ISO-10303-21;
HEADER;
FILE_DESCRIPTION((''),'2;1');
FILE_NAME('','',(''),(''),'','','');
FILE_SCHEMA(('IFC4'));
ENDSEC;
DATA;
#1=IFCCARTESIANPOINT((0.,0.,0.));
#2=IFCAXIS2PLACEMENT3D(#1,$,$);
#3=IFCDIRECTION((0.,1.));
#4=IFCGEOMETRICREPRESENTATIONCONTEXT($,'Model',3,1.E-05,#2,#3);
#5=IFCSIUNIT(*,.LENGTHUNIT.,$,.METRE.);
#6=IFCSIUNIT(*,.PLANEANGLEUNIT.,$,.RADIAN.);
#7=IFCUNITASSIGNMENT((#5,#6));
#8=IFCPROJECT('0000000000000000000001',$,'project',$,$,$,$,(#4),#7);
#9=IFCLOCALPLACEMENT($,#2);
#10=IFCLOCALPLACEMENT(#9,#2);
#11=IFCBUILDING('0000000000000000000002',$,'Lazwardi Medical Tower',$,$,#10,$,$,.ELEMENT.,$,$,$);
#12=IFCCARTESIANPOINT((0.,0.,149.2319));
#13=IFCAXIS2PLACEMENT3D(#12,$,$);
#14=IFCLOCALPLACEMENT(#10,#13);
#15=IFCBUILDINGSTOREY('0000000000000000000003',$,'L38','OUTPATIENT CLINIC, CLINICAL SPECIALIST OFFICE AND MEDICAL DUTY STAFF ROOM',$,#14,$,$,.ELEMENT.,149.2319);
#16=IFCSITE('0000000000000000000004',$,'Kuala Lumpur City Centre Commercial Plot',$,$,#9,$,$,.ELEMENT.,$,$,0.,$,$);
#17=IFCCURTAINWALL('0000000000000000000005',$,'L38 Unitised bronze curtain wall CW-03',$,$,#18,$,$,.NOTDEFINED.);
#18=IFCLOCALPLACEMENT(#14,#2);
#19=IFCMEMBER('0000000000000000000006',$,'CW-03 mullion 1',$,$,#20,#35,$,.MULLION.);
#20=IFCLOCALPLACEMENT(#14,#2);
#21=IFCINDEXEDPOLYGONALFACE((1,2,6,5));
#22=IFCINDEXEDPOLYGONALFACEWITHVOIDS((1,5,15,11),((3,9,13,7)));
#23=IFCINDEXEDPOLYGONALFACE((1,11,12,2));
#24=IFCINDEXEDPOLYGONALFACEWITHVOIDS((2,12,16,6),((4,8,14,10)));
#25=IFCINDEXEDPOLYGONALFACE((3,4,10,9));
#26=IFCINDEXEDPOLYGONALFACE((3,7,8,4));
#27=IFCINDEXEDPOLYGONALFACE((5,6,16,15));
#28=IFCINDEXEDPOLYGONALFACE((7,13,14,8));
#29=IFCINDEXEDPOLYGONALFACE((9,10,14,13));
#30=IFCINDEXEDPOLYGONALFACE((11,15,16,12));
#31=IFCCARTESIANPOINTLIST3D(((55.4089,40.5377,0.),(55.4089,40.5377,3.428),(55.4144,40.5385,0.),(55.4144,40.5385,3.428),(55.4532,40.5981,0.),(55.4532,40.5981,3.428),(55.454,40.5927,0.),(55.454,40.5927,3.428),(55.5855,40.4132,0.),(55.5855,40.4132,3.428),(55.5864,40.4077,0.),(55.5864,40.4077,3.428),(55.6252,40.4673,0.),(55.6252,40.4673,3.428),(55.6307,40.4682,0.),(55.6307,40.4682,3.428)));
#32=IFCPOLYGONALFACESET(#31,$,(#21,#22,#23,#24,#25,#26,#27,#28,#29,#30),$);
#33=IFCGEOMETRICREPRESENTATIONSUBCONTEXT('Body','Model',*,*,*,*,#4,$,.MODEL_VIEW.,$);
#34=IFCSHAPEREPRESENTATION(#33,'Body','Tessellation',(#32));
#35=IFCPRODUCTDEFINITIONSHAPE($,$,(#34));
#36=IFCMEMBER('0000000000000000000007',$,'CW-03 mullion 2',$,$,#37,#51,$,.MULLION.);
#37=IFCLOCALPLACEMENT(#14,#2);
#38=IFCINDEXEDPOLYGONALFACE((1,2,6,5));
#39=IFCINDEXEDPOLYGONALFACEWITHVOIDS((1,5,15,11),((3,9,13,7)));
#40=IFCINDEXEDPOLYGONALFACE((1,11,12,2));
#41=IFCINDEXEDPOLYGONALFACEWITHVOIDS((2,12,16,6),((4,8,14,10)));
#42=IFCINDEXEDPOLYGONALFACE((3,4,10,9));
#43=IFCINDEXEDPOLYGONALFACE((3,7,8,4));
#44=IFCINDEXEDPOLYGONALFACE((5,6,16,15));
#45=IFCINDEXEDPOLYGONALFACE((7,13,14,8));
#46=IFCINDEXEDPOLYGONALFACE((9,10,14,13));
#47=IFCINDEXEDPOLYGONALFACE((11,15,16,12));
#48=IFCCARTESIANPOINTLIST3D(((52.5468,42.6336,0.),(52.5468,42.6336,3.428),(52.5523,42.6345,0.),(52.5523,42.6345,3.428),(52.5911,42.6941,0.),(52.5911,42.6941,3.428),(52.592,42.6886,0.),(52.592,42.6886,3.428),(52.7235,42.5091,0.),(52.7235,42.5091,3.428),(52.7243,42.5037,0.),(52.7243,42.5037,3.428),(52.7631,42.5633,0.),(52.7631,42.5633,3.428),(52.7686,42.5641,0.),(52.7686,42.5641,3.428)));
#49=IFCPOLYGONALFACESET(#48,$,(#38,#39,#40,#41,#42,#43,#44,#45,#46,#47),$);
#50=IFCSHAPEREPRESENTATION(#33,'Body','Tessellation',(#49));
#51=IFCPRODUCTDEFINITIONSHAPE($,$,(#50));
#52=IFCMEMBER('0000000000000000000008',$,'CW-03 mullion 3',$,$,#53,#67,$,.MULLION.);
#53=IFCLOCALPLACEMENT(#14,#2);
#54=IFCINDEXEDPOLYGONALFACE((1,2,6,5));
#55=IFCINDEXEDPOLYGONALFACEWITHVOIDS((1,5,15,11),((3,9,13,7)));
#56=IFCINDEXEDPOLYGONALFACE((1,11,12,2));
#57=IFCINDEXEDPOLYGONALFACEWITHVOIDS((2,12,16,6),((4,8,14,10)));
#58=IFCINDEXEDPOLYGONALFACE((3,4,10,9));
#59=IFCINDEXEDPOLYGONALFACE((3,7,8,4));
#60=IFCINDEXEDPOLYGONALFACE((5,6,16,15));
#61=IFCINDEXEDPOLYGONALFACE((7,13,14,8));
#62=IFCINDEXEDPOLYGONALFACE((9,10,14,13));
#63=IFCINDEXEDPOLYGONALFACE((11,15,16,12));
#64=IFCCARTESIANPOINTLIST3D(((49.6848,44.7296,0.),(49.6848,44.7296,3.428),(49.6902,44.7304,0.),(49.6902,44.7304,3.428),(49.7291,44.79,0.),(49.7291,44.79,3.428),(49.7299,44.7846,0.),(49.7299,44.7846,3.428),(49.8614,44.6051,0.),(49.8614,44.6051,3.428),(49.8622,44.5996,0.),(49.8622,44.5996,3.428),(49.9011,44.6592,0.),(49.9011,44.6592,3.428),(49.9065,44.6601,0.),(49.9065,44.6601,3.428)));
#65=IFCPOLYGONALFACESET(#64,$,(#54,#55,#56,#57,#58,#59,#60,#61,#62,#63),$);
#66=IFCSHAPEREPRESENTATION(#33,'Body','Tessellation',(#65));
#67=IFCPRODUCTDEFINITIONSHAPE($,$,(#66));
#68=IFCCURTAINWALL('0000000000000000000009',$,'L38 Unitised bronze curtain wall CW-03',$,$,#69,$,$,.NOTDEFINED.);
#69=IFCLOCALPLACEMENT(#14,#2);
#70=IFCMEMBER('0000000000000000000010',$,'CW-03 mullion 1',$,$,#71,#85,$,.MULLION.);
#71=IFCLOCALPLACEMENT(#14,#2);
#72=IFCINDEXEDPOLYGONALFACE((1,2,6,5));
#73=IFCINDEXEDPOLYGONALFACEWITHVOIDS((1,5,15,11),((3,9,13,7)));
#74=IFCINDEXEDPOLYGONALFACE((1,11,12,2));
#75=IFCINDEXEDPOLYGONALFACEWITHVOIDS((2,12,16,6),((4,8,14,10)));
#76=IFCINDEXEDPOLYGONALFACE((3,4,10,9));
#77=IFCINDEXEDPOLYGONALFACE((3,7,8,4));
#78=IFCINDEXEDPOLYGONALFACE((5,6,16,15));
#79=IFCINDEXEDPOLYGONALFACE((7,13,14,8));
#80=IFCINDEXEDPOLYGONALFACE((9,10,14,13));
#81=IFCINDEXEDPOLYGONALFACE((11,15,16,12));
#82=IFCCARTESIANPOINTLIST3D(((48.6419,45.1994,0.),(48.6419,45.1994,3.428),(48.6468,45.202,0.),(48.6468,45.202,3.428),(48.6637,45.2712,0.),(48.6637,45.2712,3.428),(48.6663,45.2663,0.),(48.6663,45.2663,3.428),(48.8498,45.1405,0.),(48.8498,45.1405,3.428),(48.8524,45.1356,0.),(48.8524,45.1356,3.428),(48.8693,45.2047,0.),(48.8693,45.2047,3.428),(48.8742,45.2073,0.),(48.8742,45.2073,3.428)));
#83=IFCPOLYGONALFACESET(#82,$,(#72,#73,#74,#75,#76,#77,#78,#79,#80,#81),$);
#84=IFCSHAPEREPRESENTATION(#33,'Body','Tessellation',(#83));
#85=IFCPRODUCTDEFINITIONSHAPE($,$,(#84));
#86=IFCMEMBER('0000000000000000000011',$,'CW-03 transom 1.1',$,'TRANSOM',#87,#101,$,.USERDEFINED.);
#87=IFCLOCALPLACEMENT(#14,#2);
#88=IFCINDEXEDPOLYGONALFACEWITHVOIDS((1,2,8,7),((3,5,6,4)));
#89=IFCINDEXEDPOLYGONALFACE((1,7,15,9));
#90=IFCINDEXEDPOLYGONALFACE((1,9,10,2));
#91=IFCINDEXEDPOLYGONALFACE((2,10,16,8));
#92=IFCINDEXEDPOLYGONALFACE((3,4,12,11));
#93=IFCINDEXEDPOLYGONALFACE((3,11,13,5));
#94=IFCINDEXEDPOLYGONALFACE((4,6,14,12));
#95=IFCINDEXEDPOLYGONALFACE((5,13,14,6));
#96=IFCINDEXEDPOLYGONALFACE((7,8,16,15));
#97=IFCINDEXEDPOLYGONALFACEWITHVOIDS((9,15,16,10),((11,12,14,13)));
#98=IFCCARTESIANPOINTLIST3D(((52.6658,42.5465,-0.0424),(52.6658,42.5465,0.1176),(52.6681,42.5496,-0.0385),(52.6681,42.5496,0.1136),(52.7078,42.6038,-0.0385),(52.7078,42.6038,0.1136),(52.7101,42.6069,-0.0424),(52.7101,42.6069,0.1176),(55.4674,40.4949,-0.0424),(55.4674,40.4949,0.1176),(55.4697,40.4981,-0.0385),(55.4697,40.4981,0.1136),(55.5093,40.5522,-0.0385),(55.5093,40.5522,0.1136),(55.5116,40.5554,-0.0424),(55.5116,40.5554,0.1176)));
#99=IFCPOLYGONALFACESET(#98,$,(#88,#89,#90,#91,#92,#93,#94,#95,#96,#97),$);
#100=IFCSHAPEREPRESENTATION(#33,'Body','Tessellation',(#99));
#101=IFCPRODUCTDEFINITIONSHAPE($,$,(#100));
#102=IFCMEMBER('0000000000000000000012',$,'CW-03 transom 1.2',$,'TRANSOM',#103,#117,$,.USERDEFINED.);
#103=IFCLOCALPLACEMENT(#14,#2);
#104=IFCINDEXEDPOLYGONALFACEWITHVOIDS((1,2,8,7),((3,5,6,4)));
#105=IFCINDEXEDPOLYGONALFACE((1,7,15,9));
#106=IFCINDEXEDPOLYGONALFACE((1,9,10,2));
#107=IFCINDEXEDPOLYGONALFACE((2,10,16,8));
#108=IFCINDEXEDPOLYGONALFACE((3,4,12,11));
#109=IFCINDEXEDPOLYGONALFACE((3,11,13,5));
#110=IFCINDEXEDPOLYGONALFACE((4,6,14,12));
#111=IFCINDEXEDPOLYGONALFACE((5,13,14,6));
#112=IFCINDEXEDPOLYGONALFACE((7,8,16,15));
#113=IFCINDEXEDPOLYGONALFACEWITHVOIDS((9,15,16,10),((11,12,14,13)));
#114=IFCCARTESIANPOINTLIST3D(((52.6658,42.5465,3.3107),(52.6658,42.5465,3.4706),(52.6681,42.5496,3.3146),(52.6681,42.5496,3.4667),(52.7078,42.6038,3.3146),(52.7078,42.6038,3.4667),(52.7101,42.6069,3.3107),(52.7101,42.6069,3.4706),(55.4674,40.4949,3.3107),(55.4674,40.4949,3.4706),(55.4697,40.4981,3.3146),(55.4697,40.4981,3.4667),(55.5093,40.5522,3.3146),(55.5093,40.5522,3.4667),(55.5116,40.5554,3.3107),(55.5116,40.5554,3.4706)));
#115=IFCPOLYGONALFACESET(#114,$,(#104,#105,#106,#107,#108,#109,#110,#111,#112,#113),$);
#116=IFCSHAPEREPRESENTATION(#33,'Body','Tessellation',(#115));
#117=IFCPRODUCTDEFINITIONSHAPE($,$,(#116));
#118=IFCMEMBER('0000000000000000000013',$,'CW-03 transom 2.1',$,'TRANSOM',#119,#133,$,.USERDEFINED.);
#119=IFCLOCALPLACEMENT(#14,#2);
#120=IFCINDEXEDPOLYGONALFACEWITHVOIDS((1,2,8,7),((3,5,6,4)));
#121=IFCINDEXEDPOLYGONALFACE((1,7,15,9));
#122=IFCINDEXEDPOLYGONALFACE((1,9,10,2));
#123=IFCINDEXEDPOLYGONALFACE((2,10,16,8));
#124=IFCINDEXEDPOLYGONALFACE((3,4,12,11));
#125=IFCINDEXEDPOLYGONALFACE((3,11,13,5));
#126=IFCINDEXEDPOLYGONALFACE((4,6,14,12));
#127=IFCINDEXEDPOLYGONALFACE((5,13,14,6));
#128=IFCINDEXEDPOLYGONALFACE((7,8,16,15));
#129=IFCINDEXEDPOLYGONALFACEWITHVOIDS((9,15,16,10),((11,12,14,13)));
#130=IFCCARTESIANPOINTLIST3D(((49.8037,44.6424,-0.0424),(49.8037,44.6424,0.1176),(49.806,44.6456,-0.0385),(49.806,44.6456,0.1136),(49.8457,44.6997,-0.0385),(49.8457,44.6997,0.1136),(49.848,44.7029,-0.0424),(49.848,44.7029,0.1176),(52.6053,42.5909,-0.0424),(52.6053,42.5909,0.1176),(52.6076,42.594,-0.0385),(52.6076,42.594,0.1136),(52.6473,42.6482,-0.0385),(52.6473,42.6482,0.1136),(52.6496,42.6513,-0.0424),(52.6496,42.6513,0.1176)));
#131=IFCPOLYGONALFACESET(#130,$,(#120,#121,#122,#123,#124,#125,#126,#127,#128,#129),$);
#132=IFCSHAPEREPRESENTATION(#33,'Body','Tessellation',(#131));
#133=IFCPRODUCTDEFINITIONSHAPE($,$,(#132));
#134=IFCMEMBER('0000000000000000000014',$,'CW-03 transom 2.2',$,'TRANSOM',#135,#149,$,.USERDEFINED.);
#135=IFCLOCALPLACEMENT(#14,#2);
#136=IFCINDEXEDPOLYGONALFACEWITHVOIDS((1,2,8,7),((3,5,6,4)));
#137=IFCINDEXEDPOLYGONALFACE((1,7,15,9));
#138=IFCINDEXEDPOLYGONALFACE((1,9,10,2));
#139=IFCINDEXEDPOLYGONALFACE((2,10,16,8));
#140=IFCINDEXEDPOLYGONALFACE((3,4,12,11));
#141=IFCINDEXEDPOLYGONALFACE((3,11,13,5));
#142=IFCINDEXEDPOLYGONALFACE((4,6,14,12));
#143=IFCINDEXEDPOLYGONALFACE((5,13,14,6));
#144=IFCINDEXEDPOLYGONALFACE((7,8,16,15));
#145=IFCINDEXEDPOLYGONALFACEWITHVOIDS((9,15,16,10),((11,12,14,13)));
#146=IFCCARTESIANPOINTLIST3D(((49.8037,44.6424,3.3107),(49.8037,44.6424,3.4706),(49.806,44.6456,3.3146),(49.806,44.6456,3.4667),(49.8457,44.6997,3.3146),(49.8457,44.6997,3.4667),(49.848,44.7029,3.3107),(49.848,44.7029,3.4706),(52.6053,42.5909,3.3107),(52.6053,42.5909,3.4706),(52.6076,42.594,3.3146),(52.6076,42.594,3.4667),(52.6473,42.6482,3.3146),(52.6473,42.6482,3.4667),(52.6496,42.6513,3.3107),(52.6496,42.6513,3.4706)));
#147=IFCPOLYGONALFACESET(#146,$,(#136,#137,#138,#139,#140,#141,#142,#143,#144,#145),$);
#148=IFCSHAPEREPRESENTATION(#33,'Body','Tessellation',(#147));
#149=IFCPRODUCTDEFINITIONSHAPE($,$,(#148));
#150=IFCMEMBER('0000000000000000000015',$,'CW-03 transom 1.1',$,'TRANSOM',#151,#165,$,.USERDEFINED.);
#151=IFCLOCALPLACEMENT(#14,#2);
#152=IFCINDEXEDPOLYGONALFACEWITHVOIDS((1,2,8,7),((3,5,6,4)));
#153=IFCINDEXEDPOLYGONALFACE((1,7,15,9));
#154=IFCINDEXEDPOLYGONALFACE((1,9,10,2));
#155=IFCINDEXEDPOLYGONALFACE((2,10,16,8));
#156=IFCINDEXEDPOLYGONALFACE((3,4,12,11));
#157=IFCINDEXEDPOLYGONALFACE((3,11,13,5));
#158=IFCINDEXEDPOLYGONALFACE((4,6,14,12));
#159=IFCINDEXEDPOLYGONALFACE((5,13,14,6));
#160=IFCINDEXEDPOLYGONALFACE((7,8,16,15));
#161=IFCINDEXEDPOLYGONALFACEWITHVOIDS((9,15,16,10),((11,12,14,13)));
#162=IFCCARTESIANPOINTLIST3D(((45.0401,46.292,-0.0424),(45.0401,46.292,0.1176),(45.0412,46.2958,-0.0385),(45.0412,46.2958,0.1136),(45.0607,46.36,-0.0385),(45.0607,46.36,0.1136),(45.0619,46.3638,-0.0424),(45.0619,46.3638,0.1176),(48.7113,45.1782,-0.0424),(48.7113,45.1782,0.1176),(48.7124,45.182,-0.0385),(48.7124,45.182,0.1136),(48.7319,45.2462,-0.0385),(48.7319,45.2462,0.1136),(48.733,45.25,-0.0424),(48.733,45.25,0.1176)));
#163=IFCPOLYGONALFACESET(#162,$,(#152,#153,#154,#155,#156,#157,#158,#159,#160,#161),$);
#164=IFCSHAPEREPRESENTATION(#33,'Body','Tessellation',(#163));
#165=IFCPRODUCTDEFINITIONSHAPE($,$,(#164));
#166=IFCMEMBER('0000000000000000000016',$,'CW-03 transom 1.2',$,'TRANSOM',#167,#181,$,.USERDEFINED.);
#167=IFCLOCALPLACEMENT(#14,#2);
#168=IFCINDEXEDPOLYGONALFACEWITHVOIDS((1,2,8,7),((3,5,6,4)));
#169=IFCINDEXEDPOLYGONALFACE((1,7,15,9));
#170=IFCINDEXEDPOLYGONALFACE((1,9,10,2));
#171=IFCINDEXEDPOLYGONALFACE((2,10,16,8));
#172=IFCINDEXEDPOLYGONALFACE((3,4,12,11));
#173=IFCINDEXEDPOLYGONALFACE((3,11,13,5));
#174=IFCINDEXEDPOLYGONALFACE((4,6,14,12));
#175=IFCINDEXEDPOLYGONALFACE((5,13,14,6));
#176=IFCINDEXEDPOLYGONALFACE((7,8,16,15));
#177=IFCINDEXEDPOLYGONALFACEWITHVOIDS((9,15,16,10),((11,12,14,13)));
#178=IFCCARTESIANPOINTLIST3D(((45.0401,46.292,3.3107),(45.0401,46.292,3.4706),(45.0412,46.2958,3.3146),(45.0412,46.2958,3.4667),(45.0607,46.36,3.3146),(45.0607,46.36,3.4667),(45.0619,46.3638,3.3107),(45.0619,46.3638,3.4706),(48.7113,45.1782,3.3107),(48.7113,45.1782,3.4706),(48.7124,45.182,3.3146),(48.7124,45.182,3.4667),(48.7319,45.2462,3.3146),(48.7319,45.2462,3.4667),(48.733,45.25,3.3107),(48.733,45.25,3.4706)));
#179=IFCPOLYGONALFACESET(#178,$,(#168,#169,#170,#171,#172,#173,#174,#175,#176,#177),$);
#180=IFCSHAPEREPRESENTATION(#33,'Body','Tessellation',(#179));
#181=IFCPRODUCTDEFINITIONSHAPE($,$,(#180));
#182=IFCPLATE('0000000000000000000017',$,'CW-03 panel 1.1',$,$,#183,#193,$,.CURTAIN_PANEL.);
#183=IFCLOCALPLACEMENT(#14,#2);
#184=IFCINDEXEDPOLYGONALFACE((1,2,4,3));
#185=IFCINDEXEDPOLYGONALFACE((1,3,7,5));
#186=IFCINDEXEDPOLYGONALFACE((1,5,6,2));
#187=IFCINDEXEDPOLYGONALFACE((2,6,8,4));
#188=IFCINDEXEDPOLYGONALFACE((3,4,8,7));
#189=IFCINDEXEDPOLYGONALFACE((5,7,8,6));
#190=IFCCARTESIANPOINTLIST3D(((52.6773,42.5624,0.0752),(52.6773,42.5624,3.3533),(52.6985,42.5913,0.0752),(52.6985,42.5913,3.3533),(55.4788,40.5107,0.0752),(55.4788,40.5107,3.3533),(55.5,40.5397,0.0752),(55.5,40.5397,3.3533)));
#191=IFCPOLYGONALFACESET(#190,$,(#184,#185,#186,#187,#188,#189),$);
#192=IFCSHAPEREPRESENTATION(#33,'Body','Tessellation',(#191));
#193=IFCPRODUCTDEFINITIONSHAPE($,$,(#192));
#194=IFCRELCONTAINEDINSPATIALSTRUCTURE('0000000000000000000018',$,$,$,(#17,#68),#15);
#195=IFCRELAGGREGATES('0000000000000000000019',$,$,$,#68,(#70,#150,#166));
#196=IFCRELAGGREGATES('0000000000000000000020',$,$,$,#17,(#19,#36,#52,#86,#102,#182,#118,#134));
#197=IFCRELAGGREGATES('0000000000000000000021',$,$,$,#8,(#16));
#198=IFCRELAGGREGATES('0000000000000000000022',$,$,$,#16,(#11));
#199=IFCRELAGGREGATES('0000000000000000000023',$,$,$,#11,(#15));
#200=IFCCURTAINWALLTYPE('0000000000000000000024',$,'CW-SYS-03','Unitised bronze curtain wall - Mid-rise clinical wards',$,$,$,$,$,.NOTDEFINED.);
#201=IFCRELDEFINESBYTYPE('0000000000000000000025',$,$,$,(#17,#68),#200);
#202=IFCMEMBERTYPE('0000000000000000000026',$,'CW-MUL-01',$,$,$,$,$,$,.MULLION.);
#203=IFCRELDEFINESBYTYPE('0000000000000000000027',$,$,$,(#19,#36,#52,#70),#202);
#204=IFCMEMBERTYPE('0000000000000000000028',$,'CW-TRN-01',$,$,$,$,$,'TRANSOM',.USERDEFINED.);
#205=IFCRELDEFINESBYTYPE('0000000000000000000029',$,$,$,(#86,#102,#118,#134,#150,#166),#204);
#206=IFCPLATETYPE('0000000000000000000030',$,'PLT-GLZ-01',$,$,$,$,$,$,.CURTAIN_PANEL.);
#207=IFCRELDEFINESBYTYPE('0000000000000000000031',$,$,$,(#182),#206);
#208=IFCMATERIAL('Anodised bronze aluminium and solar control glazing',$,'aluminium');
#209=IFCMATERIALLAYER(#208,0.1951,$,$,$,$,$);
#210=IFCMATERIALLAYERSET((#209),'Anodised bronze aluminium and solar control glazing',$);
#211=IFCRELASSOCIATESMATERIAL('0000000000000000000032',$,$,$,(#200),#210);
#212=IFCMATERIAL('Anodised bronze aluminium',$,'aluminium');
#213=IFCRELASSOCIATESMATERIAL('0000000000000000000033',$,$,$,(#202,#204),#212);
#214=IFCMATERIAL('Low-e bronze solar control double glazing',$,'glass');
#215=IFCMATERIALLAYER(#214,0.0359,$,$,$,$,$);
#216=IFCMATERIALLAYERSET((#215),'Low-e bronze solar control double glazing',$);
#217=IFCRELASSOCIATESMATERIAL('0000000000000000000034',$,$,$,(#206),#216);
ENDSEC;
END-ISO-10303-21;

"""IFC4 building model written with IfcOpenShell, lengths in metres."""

from ifc_helpers import new_model, si_unit, direction, frame, origin, origin_2d, place, context, subcontext, project, spatial, rectangle, hollow_rectangle, extrude, material, layer, layer_set, material_profile, profile_set, type_object, element, aggregate, save


model = new_model("IFC4")

# Units and contexts
model_context = context("Model", 3, precision=1e-05, world=origin(), true_north=direction((0.0, 1.0)))
body_context = subcontext(model_context, "Body", "Model", "MODEL_VIEW")
ifc_project = project(units=[si_unit("LENGTHUNIT", "METRE"), si_unit("PLANEANGLEUNIT", "RADIAN")], contexts=[model_context])

# Site, building, storey
site_placement = place(None, origin())
site = spatial("IfcSite", under=ifc_project, at=site_placement, Name="Kuala Lumpur City Centre Commercial Plot", CompositionType="ELEMENT", RefElevation=0.0)
building_placement = place(site_placement, origin())
building = spatial("IfcBuilding", under=site, at=building_placement, Name="Lazwardi Medical Tower", CompositionType="ELEMENT")
storey_placement = place(building_placement, frame((0.0, 0.0, 149.2319)))
storey = spatial("IfcBuildingStorey", under=building, at=storey_placement, Name="L38", Description="OUTPATIENT CLINIC, CLINICAL SPECIALIST OFFICE AND MEDICAL DUTY STAFF ROOM", CompositionType="ELEMENT", Elevation=149.2319)

# Shared definitions
ifc_material_1 = material(Name="Anodised bronze aluminium and solar control glazing", Category="aluminium")
ifc_layer_1 = layer(ifc_material_1, 0.1951)
ifc_layer_set_1 = layer_set([ifc_layer_1], Name="Anodised bronze aluminium and solar control glazing")
curtain_wall_type = type_object("IfcCurtainWallType", Name="CW-SYS-03", Description="Unitised bronze curtain wall - Mid-rise clinical wards", PredefinedType="NOTDEFINED", material=ifc_layer_set_1)
ifc_material_2 = material(Name="Anodised bronze aluminium", Category="aluminium")
ifc_material_profile_1 = material_profile(ifc_material_2, hollow_rectangle(XDim=0.075, YDim=0.22, WallThickness=0.0039, at=origin_2d()), Name="ALU-MULLION 220x75x4")
ifc_profile_set_1 = profile_set([ifc_material_profile_1], Name="Anodised bronze aluminium")
member_type_1 = type_object("IfcMemberType", Name="CW-MUL-01", PredefinedType="MULLION", material=ifc_profile_set_1)

# Curtain wall, members
curtain_wall_1_placement = place(storey_placement, origin())
curtain_wall_1 = element("IfcCurtainWall", 1, at=curtain_wall_1_placement, inside=storey, type_object=curtain_wall_type, Name="L38 Unitised bronze curtain wall CW-03", PredefinedType="NOTDEFINED")
member_1_placement = place(storey_placement, frame((55.5198, 40.5029, 0.0), z_axis=(0.0, 0.0, 1.0), x_axis=(-0.590834, -0.806793, 0.0)))
member_1 = element("IfcMember", 2, at=member_1_placement, type_object=member_type_1, Name="CW-03 mullion 1", PredefinedType="MULLION", context=body_context, shape_type="SweptSolid", body=[
    extrude(hollow_rectangle(XDim=0.075, YDim=0.22, WallThickness=0.0039, at=origin_2d()), origin(), (0.0, 0.0, 1.0), 3.428),
])
member_2_placement = place(storey_placement, frame((52.6577, 42.5989, 0.0), z_axis=(0.0, 0.0, 1.0), x_axis=(-0.590834, -0.806793, 0.0)))
member_2 = element("IfcMember", 3, at=member_2_placement, type_object=member_type_1, Name="CW-03 mullion 2", PredefinedType="MULLION", context=body_context, shape_type="SweptSolid", body=[
    extrude(hollow_rectangle(XDim=0.075, YDim=0.22, WallThickness=0.0039, at=origin_2d()), origin(), (0.0, 0.0, 1.0), 3.428),
])
member_3_placement = place(storey_placement, frame((49.7957, 44.6948, 0.0), z_axis=(0.0, 0.0, 1.0), x_axis=(-0.590834, -0.806793, 0.0)))
member_3 = element("IfcMember", 4, at=member_3_placement, type_object=member_type_1, Name="CW-03 mullion 3", PredefinedType="MULLION", context=body_context, shape_type="SweptSolid", body=[
    extrude(hollow_rectangle(XDim=0.075, YDim=0.22, WallThickness=0.0039, at=origin_2d()), origin(), (0.0, 0.0, 1.0), 3.428),
])

# Curtain wall, member
curtain_wall_2_placement = place(storey_placement, origin())
curtain_wall_2 = element("IfcCurtainWall", 5, at=curtain_wall_2_placement, inside=storey, type_object=curtain_wall_type, Name="L38 Unitised bronze curtain wall CW-03", PredefinedType="NOTDEFINED")
member_4_placement = place(storey_placement, frame((48.7581, 45.2034, 0.0), z_axis=(0.0, 0.0, 1.0), x_axis=(-0.290281, -0.956942, 0.0)))
member_4 = element("IfcMember", 6, at=member_4_placement, type_object=member_type_1, Name="CW-03 mullion 1", PredefinedType="MULLION", context=body_context, shape_type="SweptSolid", body=[
    extrude(hollow_rectangle(XDim=0.075, YDim=0.22, WallThickness=0.0039, at=origin_2d()), origin(), (0.0, 0.0, 1.0), 3.428),
])

# Members
ifc_material_profile_2 = material_profile(ifc_material_2, hollow_rectangle(XDim=0.075, YDim=0.1599, WallThickness=0.0039, at=origin_2d()), Name="ALU-TRANSOM 160x75x4")
ifc_profile_set_2 = profile_set([ifc_material_profile_2], Name="Anodised bronze aluminium")
member_type_2 = type_object("IfcMemberType", Name="CW-TRN-01", ElementType="TRANSOM", PredefinedType="USERDEFINED", material=ifc_profile_set_2)
member_5_placement = place(storey_placement, frame((55.4895, 40.5251, 0.0376), z_axis=(-0.806807, 0.590815, 0.0), x_axis=(-0.590815, -0.806807, 0.0)))
member_5 = element("IfcMember", 7, at=member_5_placement, type_object=member_type_2, Name="CW-03 transom 1.1", ObjectType="TRANSOM", PredefinedType="USERDEFINED", context=body_context, shape_type="SweptSolid", body=[
    extrude(hollow_rectangle(XDim=0.075, YDim=0.1599, WallThickness=0.0039, at=origin_2d()), origin(), (0.0, 0.0, 1.0), 3.4724),
])
member_6_placement = place(storey_placement, frame((55.4895, 40.5251, 3.3906), z_axis=(-0.806807, 0.590815, 0.0), x_axis=(-0.590815, -0.806807, 0.0)))
member_6 = element("IfcMember", 8, at=member_6_placement, type_object=member_type_2, Name="CW-03 transom 1.2", ObjectType="TRANSOM", PredefinedType="USERDEFINED", context=body_context, shape_type="SweptSolid", body=[
    extrude(hollow_rectangle(XDim=0.075, YDim=0.1599, WallThickness=0.0039, at=origin_2d()), origin(), (0.0, 0.0, 1.0), 3.4724),
])
member_7_placement = place(storey_placement, frame((52.6274, 42.6211, 0.0376), z_axis=(-0.806807, 0.590815, 0.0), x_axis=(-0.590815, -0.806807, 0.0)))
member_7 = element("IfcMember", 9, at=member_7_placement, type_object=member_type_2, Name="CW-03 transom 2.1", ObjectType="TRANSOM", PredefinedType="USERDEFINED", context=body_context, shape_type="SweptSolid", body=[
    extrude(hollow_rectangle(XDim=0.075, YDim=0.1599, WallThickness=0.0039, at=origin_2d()), origin(), (0.0, 0.0, 1.0), 3.4724),
])
member_8_placement = place(storey_placement, frame((52.6274, 42.6211, 3.3906), z_axis=(-0.806807, 0.590815, 0.0), x_axis=(-0.590815, -0.806807, 0.0)))
member_8 = element("IfcMember", 10, at=member_8_placement, type_object=member_type_2, Name="CW-03 transom 2.2", ObjectType="TRANSOM", PredefinedType="USERDEFINED", context=body_context, shape_type="SweptSolid", body=[
    extrude(hollow_rectangle(XDim=0.075, YDim=0.1599, WallThickness=0.0039, at=origin_2d()), origin(), (0.0, 0.0, 1.0), 3.4724),
])
member_9_placement = place(storey_placement, frame((48.7222, 45.2141, 0.0376), z_axis=(-0.95693, 0.290318, 0.0), x_axis=(-0.290318, -0.95693, 0.0)))
member_9 = element("IfcMember", 11, at=member_9_placement, type_object=member_type_2, Name="CW-03 transom 1.1", ObjectType="TRANSOM", PredefinedType="USERDEFINED", context=body_context, shape_type="SweptSolid", body=[
    extrude(hollow_rectangle(XDim=0.075, YDim=0.1599, WallThickness=0.0039, at=origin_2d()), origin(), (0.0, 0.0, 1.0), 3.8364),
])
member_10_placement = place(storey_placement, frame((48.7222, 45.2141, 3.3906), z_axis=(-0.95693, 0.290318, 0.0), x_axis=(-0.290318, -0.95693, 0.0)))
member_10 = element("IfcMember", 12, at=member_10_placement, type_object=member_type_2, Name="CW-03 transom 1.2", ObjectType="TRANSOM", PredefinedType="USERDEFINED", context=body_context, shape_type="SweptSolid", body=[
    extrude(hollow_rectangle(XDim=0.075, YDim=0.1599, WallThickness=0.0039, at=origin_2d()), origin(), (0.0, 0.0, 1.0), 3.8364),
])
aggregate(curtain_wall_2, [member_4, member_9, member_10])

# Plate
ifc_material_3 = material(Name="Low-e bronze solar control double glazing", Category="glass")
ifc_layer_2 = layer(ifc_material_3, 0.0359)
ifc_layer_set_2 = layer_set([ifc_layer_2], Name="Low-e bronze solar control double glazing")
plate_type = type_object("IfcPlateType", Name="PLT-GLZ-01", PredefinedType="CURTAIN_PANEL", material=ifc_layer_set_2)
plate_1_placement = place(storey_placement, frame((54.0886, 41.551, 0.0752), z_axis=(0.0, 0.0, 1.0), x_axis=(-0.806793, 0.590834, 0.0)))
plate_1 = element("IfcPlate", 13, at=plate_1_placement, type_object=plate_type, Name="CW-03 panel 1.1", PredefinedType="CURTAIN_PANEL", context=body_context, shape_type="SweptSolid", body=[
    extrude(rectangle(XDim=3.4724, YDim=0.0359, at=origin_2d()), origin(), (0.0, 0.0, 1.0), 3.2781),
])
aggregate(curtain_wall_1, [member_1, member_2, member_3, member_5, member_6, plate_1, member_7, member_8])

save(model, "model.ifc")
